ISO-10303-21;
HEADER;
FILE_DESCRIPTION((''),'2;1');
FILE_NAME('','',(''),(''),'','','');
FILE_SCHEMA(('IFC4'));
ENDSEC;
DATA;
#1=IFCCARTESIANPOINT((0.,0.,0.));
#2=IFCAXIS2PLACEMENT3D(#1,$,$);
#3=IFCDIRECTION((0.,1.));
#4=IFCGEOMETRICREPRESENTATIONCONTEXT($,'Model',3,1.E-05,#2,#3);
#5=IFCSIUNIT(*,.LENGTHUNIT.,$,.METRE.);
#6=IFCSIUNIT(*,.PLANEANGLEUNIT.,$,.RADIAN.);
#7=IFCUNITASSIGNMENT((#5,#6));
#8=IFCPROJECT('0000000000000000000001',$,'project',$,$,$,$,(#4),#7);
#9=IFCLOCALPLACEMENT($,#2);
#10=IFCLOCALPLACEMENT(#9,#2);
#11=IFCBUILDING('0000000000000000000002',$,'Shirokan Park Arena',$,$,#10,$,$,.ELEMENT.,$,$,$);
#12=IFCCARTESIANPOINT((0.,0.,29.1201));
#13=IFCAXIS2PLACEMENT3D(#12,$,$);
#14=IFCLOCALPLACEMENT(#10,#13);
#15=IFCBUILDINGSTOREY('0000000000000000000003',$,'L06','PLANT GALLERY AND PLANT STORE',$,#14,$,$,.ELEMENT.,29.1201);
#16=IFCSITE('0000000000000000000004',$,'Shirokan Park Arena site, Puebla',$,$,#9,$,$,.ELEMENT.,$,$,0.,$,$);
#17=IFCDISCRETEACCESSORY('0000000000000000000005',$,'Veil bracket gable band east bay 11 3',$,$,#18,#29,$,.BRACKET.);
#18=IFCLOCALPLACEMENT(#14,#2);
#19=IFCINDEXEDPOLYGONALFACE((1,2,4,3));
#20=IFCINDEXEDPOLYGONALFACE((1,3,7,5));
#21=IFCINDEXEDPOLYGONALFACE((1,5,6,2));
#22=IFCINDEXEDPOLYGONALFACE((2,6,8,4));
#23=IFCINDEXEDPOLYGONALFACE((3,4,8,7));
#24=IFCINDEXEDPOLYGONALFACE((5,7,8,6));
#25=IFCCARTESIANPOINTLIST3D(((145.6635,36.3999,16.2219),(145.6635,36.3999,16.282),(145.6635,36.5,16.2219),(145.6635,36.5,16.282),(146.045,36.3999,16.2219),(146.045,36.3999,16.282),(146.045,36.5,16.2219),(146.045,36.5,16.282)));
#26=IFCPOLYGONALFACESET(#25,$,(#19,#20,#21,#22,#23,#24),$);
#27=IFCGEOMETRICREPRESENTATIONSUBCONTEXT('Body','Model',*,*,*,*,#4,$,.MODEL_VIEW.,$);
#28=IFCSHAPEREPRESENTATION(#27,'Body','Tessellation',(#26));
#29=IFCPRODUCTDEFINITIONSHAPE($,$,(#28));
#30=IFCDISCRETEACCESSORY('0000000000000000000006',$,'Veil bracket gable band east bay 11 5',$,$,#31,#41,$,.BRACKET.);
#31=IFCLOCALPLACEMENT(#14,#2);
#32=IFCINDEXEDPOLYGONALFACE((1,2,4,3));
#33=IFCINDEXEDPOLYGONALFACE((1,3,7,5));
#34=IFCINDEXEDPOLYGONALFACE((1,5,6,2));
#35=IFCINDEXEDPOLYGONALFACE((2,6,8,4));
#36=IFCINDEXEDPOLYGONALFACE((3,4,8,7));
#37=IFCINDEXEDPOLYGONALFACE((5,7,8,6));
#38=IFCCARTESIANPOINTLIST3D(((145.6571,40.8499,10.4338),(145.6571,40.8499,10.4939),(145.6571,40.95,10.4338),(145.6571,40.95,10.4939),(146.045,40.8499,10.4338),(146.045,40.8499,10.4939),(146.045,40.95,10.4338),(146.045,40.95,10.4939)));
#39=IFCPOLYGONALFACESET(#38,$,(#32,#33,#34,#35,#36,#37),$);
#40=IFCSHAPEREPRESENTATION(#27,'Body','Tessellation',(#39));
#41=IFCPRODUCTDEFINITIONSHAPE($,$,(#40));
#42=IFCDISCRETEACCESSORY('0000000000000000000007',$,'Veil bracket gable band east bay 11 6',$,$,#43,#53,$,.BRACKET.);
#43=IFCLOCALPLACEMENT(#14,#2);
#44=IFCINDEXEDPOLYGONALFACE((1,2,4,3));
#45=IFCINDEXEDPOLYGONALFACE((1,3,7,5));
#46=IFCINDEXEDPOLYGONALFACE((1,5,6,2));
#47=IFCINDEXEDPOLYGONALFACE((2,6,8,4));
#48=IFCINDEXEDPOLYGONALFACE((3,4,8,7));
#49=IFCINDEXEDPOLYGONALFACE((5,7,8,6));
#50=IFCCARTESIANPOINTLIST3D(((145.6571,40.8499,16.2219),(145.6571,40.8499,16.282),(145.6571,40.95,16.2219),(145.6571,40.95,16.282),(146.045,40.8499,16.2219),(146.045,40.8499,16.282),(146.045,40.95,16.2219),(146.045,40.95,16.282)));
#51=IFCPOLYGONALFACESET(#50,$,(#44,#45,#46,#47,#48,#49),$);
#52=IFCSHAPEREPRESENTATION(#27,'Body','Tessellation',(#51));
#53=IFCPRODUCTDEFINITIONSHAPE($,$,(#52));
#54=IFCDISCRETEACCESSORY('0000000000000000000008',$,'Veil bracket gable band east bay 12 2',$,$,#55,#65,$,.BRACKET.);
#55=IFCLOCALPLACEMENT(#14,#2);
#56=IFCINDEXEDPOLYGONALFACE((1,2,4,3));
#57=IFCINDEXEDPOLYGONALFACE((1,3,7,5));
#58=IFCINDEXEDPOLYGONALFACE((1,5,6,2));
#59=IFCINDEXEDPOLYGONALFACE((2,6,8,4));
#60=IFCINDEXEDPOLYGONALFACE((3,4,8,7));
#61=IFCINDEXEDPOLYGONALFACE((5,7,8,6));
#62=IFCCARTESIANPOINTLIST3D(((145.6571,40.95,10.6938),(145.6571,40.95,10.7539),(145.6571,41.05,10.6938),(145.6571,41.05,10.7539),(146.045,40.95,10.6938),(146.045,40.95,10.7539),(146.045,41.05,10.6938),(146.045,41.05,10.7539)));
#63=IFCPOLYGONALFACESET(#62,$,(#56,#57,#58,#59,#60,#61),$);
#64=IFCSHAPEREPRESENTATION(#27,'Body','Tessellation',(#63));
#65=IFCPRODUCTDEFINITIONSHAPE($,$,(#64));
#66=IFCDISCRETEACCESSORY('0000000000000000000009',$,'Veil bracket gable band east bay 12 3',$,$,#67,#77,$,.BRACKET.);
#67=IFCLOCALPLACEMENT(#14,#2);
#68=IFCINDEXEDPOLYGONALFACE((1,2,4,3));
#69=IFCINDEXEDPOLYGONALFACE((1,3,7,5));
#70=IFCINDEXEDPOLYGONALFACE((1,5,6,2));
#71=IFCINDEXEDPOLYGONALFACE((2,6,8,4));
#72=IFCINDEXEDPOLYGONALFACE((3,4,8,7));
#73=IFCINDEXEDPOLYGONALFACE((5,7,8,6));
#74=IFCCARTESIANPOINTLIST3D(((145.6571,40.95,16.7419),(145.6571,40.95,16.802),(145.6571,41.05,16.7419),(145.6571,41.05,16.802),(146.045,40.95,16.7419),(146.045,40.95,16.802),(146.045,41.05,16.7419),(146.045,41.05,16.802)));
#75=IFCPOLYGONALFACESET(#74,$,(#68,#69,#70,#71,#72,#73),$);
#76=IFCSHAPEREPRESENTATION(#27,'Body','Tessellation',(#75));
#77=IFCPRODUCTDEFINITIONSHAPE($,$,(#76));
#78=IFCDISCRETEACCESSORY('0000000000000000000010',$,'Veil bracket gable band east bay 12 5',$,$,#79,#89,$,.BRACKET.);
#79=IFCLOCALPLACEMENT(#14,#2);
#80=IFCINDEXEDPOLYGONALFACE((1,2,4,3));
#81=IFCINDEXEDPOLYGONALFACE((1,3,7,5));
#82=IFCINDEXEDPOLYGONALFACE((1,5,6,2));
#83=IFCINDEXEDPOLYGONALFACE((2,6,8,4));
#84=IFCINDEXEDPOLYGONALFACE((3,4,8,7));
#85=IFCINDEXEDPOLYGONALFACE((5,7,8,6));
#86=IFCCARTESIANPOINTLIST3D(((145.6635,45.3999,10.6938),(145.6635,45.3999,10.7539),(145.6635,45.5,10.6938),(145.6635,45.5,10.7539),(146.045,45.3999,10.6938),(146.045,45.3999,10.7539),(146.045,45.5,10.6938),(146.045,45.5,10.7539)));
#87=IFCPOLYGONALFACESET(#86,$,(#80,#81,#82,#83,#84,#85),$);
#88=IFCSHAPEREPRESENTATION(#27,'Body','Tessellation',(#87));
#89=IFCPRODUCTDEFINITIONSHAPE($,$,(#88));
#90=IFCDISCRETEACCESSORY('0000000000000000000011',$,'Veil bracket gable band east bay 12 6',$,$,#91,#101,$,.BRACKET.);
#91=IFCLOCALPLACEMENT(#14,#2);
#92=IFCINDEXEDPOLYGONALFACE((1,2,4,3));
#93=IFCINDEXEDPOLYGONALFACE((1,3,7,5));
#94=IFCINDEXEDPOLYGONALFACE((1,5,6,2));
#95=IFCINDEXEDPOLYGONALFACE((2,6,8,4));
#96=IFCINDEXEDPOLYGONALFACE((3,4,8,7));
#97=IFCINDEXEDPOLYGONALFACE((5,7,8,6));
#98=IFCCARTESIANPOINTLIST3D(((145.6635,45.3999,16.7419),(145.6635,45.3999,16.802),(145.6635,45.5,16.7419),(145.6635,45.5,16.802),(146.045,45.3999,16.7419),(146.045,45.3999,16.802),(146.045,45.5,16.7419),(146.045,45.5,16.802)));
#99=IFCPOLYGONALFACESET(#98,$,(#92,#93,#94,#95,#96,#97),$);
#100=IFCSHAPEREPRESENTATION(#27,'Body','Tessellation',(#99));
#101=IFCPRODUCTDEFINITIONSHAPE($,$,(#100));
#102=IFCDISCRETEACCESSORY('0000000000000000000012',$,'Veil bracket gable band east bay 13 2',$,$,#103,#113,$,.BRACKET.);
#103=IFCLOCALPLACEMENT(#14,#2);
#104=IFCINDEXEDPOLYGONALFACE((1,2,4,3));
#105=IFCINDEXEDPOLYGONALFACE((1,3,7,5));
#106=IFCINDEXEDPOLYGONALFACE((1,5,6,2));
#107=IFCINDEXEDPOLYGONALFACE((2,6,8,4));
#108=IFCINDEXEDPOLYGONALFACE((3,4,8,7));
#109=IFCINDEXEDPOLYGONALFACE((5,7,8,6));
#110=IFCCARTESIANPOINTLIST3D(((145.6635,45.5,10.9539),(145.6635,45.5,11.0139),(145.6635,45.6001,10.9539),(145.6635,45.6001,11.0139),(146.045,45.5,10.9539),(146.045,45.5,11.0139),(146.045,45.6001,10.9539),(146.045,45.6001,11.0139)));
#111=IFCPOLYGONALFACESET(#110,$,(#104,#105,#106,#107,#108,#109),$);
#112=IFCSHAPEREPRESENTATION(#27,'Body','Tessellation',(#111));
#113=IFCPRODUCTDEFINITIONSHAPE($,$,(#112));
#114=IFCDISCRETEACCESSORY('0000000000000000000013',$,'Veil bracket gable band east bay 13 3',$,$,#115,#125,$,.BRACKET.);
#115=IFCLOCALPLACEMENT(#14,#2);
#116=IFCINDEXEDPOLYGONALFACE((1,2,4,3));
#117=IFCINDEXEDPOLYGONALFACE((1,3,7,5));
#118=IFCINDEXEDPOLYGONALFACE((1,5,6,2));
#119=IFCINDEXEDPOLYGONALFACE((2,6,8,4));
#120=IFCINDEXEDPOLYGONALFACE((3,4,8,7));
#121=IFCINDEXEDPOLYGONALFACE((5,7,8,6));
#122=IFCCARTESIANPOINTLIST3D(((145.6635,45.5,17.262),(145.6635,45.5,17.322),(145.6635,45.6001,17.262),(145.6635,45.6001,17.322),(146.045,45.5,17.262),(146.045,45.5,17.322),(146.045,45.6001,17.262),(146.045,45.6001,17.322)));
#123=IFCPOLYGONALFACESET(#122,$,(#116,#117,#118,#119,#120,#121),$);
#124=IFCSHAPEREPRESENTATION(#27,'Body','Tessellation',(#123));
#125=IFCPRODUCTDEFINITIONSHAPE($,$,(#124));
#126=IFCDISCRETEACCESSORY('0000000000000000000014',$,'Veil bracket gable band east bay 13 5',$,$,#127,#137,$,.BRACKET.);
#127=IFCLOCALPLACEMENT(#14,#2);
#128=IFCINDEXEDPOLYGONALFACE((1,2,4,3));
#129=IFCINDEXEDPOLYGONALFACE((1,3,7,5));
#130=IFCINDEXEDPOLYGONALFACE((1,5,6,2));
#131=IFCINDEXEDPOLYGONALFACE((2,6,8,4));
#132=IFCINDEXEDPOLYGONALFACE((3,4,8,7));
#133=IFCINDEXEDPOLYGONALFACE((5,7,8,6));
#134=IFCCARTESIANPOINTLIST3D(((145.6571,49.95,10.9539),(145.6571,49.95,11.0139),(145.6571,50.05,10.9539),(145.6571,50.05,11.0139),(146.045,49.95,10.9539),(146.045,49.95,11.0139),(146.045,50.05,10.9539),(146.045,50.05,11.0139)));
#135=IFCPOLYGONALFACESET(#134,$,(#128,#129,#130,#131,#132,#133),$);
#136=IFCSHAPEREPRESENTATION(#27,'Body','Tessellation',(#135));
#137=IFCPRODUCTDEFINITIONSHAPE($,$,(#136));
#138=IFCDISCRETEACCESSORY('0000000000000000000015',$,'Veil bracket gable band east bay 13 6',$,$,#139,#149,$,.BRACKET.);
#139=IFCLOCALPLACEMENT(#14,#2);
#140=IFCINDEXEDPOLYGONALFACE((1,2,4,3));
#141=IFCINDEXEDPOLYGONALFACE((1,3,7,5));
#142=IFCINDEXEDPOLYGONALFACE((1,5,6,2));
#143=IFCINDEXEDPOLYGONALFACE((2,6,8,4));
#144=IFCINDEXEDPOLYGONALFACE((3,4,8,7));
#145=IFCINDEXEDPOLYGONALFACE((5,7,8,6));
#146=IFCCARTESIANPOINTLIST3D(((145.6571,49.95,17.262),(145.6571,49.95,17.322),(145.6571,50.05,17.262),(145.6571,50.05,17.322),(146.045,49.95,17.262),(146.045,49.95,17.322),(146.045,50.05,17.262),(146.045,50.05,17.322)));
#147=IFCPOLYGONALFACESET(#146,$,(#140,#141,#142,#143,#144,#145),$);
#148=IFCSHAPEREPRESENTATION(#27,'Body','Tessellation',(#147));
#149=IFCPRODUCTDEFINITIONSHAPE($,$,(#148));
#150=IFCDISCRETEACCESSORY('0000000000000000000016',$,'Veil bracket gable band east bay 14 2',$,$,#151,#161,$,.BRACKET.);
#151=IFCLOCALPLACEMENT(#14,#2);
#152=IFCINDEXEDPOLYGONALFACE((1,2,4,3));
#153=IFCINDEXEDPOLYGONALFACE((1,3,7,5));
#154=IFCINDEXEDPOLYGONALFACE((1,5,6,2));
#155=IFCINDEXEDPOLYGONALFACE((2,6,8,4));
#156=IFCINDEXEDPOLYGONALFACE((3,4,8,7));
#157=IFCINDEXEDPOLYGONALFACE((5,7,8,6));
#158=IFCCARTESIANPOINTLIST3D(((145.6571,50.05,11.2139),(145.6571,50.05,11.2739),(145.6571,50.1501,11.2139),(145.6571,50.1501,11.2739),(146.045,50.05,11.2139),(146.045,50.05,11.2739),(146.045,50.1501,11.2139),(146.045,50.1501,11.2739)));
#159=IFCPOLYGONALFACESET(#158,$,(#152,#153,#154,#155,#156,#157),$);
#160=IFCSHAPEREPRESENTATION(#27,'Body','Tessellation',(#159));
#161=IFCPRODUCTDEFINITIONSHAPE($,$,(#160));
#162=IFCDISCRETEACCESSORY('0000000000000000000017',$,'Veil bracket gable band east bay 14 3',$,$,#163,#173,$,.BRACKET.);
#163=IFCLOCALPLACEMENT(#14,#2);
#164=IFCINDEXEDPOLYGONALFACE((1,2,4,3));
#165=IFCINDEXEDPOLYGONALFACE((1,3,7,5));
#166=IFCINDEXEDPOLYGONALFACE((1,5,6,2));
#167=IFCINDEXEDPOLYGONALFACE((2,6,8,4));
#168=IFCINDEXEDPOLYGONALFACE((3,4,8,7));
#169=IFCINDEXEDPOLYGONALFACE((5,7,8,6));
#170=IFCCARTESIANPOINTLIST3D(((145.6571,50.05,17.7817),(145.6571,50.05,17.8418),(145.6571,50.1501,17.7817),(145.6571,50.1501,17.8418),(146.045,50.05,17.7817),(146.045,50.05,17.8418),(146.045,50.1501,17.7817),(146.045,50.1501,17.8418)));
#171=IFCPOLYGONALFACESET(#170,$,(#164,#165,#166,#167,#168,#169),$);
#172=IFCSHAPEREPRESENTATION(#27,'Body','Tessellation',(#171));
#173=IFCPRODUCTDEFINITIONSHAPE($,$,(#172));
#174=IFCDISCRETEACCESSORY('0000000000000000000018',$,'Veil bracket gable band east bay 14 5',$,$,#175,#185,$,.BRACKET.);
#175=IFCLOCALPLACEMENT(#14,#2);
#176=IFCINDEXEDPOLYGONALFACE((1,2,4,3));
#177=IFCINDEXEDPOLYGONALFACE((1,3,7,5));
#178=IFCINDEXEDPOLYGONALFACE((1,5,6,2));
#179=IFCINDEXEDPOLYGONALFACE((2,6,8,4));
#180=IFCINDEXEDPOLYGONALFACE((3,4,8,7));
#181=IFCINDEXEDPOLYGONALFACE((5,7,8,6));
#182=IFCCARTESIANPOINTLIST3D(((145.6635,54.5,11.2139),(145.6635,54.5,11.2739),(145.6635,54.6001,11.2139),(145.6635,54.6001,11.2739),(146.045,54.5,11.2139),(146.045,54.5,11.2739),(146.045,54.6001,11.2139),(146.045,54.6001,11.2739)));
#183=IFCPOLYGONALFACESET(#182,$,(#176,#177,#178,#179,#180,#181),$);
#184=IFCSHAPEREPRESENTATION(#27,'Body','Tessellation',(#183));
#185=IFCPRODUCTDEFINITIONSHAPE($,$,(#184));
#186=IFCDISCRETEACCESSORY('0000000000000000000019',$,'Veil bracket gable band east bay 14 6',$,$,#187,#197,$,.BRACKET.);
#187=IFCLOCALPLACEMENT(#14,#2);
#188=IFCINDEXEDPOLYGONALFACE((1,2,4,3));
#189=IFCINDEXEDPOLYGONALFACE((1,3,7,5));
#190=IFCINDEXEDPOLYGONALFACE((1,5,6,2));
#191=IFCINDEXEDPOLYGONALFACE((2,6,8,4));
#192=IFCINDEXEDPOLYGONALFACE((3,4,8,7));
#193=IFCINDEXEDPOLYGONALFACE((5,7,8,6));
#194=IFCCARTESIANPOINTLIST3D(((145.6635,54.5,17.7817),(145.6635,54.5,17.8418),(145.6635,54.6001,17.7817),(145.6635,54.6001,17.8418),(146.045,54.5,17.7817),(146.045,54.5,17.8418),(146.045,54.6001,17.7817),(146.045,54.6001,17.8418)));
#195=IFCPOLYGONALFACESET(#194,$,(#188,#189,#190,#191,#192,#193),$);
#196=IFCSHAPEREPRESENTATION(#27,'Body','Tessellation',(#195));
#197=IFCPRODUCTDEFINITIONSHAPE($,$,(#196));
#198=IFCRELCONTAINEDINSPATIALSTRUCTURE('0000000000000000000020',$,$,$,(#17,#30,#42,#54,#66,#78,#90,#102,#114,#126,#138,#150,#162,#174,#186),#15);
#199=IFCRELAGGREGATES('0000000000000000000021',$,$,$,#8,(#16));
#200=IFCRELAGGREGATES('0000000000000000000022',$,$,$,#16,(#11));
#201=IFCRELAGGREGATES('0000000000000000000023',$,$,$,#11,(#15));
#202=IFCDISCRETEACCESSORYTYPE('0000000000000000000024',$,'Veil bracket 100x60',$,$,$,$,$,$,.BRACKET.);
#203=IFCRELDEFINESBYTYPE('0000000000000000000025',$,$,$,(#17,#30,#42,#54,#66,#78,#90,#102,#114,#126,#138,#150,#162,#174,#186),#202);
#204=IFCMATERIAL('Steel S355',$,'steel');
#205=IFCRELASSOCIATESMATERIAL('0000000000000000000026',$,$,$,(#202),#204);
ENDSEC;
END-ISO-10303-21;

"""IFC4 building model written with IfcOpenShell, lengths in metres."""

from ifc_helpers import new_model, si_unit, direction, frame, origin, origin_2d, place, context, subcontext, project, spatial, rectangle, extrude, material, type_object, element, save


model = new_model("IFC4")

# Units and contexts
model_context = context("Model", 3, precision=1e-05, world=origin(), true_north=direction((0.0, 1.0)))
body_context = subcontext(model_context, "Body", "Model", "MODEL_VIEW")
ifc_project = project(units=[si_unit("LENGTHUNIT", "METRE"), si_unit("PLANEANGLEUNIT", "RADIAN")], contexts=[model_context])

# Site, building, storey
site_placement = place(None, origin())
site = spatial("IfcSite", under=ifc_project, at=site_placement, Name="Shirokan Park Arena site, Puebla", CompositionType="ELEMENT", RefElevation=0.0)
building_placement = place(site_placement, origin())
building = spatial("IfcBuilding", under=site, at=building_placement, Name="Shirokan Park Arena", CompositionType="ELEMENT")
storey_placement = place(building_placement, frame((0.0, 0.0, 29.1201)))
storey = spatial("IfcBuildingStorey", under=building, at=storey_placement, Name="L06", Description="PLANT GALLERY AND PLANT STORE", CompositionType="ELEMENT", Elevation=29.1201)

# Discrete accessories
ifc_material_1 = material(Name="Steel S355", Category="steel")
discrete_accessory_type = type_object("IfcDiscreteAccessoryType", Name="Veil bracket 100x60", PredefinedType="BRACKET", material=ifc_material_1)
discrete_accessory_placement = place(storey_placement, frame((145.8542, 36.45, 16.2219), z_axis=(0.0, 0.0, 1.0), x_axis=(1.0, 0.0, 0.0)))
element("IfcDiscreteAccessory", 1, at=discrete_accessory_placement, inside=storey, type_object=discrete_accessory_type, Name="Veil bracket gable band east bay 11 3", PredefinedType="BRACKET", context=body_context, shape_type="SweptSolid", body=[
    extrude(rectangle(XDim=0.3816, YDim=0.1001, at=origin_2d()), origin(), (0.0, 0.0, 1.0), 0.0601),
])
for number, where, z_axis, x_axis, name in (
    (2, (145.8511, 40.8999, 10.4338), (0.0, 0.0, 1.0), (1.0, 0.0, 0.0), "Veil bracket gable band east bay 11 5"),
    (3, (145.8511, 40.8999, 16.2219), (0.0, 0.0, 1.0), (1.0, 0.0, 0.0), "Veil bracket gable band east bay 11 6"),
    (4, (145.8511, 41.0, 10.6938), (0.0, 0.0, 1.0), (1.0, 0.0, 0.0), "Veil bracket gable band east bay 12 2"),
    (5, (145.8511, 41.0, 16.7419), (0.0, 0.0, 1.0), (1.0, 0.0, 0.0), "Veil bracket gable band east bay 12 3"),
):
    element("IfcDiscreteAccessory", number, at=place(storey_placement, frame(where, z_axis=z_axis, x_axis=x_axis)), inside=storey, type_object=discrete_accessory_type, Name=name, PredefinedType="BRACKET", context=body_context, shape_type="SweptSolid", body=[
        extrude(rectangle(XDim=0.3879, YDim=0.1001, at=origin_2d()), origin(), (0.0, 0.0, 1.0), 0.0601),
    ])
for number, where, z_axis, x_axis, name in (
    (6, (145.8542, 45.45, 10.6938), (0.0, 0.0, 1.0), (1.0, 0.0, 0.0), "Veil bracket gable band east bay 12 5"),
    (7, (145.8542, 45.45, 16.7419), (0.0, 0.0, 1.0), (1.0, 0.0, 0.0), "Veil bracket gable band east bay 12 6"),
    (8, (145.8542, 45.55, 10.9539), (0.0, 0.0, 1.0), (1.0, 0.0, 0.0), "Veil bracket gable band east bay 13 2"),
    (9, (145.8542, 45.55, 17.262), (0.0, 0.0, 1.0), (1.0, 0.0, 0.0), "Veil bracket gable band east bay 13 3"),
):
    element("IfcDiscreteAccessory", number, at=place(storey_placement, frame(where, z_axis=z_axis, x_axis=x_axis)), inside=storey, type_object=discrete_accessory_type, Name=name, PredefinedType="BRACKET", context=body_context, shape_type="SweptSolid", body=[
        extrude(rectangle(XDim=0.3816, YDim=0.1001, at=origin_2d()), origin(), (0.0, 0.0, 1.0), 0.0601),
    ])
for number, where, z_axis, x_axis, name in (
    (10, (145.8511, 50.0, 10.9539), (0.0, 0.0, 1.0), (1.0, 0.0, 0.0), "Veil bracket gable band east bay 13 5"),
    (11, (145.8511, 50.0, 17.262), (0.0, 0.0, 1.0), (1.0, 0.0, 0.0), "Veil bracket gable band east bay 13 6"),
    (12, (145.8511, 50.1001, 11.2139), (0.0, 0.0, 1.0), (1.0, 0.0, 0.0), "Veil bracket gable band east bay 14 2"),
    (13, (145.8511, 50.1001, 17.7817), (0.0, 0.0, 1.0), (1.0, 0.0, 0.0), "Veil bracket gable band east bay 14 3"),
):
    element("IfcDiscreteAccessory", number, at=place(storey_placement, frame(where, z_axis=z_axis, x_axis=x_axis)), inside=storey, type_object=discrete_accessory_type, Name=name, PredefinedType="BRACKET", context=body_context, shape_type="SweptSolid", body=[
        extrude(rectangle(XDim=0.3879, YDim=0.1001, at=origin_2d()), origin(), (0.0, 0.0, 1.0), 0.0601),
    ])
for number, where, z_axis, x_axis, name in (
    (14, (145.8542, 54.55, 11.2139), (0.0, 0.0, 1.0), (1.0, 0.0, 0.0), "Veil bracket gable band east bay 14 5"),
    (15, (145.8542, 54.55, 17.7817), (0.0, 0.0, 1.0), (1.0, 0.0, 0.0), "Veil bracket gable band east bay 14 6"),
):
    element("IfcDiscreteAccessory", number, at=place(storey_placement, frame(where, z_axis=z_axis, x_axis=x_axis)), inside=storey, type_object=discrete_accessory_type, Name=name, PredefinedType="BRACKET", context=body_context, shape_type="SweptSolid", body=[
        extrude(rectangle(XDim=0.3816, YDim=0.1001, at=origin_2d()), origin(), (0.0, 0.0, 1.0), 0.0601),
    ])

save(model, "model.ifc")
